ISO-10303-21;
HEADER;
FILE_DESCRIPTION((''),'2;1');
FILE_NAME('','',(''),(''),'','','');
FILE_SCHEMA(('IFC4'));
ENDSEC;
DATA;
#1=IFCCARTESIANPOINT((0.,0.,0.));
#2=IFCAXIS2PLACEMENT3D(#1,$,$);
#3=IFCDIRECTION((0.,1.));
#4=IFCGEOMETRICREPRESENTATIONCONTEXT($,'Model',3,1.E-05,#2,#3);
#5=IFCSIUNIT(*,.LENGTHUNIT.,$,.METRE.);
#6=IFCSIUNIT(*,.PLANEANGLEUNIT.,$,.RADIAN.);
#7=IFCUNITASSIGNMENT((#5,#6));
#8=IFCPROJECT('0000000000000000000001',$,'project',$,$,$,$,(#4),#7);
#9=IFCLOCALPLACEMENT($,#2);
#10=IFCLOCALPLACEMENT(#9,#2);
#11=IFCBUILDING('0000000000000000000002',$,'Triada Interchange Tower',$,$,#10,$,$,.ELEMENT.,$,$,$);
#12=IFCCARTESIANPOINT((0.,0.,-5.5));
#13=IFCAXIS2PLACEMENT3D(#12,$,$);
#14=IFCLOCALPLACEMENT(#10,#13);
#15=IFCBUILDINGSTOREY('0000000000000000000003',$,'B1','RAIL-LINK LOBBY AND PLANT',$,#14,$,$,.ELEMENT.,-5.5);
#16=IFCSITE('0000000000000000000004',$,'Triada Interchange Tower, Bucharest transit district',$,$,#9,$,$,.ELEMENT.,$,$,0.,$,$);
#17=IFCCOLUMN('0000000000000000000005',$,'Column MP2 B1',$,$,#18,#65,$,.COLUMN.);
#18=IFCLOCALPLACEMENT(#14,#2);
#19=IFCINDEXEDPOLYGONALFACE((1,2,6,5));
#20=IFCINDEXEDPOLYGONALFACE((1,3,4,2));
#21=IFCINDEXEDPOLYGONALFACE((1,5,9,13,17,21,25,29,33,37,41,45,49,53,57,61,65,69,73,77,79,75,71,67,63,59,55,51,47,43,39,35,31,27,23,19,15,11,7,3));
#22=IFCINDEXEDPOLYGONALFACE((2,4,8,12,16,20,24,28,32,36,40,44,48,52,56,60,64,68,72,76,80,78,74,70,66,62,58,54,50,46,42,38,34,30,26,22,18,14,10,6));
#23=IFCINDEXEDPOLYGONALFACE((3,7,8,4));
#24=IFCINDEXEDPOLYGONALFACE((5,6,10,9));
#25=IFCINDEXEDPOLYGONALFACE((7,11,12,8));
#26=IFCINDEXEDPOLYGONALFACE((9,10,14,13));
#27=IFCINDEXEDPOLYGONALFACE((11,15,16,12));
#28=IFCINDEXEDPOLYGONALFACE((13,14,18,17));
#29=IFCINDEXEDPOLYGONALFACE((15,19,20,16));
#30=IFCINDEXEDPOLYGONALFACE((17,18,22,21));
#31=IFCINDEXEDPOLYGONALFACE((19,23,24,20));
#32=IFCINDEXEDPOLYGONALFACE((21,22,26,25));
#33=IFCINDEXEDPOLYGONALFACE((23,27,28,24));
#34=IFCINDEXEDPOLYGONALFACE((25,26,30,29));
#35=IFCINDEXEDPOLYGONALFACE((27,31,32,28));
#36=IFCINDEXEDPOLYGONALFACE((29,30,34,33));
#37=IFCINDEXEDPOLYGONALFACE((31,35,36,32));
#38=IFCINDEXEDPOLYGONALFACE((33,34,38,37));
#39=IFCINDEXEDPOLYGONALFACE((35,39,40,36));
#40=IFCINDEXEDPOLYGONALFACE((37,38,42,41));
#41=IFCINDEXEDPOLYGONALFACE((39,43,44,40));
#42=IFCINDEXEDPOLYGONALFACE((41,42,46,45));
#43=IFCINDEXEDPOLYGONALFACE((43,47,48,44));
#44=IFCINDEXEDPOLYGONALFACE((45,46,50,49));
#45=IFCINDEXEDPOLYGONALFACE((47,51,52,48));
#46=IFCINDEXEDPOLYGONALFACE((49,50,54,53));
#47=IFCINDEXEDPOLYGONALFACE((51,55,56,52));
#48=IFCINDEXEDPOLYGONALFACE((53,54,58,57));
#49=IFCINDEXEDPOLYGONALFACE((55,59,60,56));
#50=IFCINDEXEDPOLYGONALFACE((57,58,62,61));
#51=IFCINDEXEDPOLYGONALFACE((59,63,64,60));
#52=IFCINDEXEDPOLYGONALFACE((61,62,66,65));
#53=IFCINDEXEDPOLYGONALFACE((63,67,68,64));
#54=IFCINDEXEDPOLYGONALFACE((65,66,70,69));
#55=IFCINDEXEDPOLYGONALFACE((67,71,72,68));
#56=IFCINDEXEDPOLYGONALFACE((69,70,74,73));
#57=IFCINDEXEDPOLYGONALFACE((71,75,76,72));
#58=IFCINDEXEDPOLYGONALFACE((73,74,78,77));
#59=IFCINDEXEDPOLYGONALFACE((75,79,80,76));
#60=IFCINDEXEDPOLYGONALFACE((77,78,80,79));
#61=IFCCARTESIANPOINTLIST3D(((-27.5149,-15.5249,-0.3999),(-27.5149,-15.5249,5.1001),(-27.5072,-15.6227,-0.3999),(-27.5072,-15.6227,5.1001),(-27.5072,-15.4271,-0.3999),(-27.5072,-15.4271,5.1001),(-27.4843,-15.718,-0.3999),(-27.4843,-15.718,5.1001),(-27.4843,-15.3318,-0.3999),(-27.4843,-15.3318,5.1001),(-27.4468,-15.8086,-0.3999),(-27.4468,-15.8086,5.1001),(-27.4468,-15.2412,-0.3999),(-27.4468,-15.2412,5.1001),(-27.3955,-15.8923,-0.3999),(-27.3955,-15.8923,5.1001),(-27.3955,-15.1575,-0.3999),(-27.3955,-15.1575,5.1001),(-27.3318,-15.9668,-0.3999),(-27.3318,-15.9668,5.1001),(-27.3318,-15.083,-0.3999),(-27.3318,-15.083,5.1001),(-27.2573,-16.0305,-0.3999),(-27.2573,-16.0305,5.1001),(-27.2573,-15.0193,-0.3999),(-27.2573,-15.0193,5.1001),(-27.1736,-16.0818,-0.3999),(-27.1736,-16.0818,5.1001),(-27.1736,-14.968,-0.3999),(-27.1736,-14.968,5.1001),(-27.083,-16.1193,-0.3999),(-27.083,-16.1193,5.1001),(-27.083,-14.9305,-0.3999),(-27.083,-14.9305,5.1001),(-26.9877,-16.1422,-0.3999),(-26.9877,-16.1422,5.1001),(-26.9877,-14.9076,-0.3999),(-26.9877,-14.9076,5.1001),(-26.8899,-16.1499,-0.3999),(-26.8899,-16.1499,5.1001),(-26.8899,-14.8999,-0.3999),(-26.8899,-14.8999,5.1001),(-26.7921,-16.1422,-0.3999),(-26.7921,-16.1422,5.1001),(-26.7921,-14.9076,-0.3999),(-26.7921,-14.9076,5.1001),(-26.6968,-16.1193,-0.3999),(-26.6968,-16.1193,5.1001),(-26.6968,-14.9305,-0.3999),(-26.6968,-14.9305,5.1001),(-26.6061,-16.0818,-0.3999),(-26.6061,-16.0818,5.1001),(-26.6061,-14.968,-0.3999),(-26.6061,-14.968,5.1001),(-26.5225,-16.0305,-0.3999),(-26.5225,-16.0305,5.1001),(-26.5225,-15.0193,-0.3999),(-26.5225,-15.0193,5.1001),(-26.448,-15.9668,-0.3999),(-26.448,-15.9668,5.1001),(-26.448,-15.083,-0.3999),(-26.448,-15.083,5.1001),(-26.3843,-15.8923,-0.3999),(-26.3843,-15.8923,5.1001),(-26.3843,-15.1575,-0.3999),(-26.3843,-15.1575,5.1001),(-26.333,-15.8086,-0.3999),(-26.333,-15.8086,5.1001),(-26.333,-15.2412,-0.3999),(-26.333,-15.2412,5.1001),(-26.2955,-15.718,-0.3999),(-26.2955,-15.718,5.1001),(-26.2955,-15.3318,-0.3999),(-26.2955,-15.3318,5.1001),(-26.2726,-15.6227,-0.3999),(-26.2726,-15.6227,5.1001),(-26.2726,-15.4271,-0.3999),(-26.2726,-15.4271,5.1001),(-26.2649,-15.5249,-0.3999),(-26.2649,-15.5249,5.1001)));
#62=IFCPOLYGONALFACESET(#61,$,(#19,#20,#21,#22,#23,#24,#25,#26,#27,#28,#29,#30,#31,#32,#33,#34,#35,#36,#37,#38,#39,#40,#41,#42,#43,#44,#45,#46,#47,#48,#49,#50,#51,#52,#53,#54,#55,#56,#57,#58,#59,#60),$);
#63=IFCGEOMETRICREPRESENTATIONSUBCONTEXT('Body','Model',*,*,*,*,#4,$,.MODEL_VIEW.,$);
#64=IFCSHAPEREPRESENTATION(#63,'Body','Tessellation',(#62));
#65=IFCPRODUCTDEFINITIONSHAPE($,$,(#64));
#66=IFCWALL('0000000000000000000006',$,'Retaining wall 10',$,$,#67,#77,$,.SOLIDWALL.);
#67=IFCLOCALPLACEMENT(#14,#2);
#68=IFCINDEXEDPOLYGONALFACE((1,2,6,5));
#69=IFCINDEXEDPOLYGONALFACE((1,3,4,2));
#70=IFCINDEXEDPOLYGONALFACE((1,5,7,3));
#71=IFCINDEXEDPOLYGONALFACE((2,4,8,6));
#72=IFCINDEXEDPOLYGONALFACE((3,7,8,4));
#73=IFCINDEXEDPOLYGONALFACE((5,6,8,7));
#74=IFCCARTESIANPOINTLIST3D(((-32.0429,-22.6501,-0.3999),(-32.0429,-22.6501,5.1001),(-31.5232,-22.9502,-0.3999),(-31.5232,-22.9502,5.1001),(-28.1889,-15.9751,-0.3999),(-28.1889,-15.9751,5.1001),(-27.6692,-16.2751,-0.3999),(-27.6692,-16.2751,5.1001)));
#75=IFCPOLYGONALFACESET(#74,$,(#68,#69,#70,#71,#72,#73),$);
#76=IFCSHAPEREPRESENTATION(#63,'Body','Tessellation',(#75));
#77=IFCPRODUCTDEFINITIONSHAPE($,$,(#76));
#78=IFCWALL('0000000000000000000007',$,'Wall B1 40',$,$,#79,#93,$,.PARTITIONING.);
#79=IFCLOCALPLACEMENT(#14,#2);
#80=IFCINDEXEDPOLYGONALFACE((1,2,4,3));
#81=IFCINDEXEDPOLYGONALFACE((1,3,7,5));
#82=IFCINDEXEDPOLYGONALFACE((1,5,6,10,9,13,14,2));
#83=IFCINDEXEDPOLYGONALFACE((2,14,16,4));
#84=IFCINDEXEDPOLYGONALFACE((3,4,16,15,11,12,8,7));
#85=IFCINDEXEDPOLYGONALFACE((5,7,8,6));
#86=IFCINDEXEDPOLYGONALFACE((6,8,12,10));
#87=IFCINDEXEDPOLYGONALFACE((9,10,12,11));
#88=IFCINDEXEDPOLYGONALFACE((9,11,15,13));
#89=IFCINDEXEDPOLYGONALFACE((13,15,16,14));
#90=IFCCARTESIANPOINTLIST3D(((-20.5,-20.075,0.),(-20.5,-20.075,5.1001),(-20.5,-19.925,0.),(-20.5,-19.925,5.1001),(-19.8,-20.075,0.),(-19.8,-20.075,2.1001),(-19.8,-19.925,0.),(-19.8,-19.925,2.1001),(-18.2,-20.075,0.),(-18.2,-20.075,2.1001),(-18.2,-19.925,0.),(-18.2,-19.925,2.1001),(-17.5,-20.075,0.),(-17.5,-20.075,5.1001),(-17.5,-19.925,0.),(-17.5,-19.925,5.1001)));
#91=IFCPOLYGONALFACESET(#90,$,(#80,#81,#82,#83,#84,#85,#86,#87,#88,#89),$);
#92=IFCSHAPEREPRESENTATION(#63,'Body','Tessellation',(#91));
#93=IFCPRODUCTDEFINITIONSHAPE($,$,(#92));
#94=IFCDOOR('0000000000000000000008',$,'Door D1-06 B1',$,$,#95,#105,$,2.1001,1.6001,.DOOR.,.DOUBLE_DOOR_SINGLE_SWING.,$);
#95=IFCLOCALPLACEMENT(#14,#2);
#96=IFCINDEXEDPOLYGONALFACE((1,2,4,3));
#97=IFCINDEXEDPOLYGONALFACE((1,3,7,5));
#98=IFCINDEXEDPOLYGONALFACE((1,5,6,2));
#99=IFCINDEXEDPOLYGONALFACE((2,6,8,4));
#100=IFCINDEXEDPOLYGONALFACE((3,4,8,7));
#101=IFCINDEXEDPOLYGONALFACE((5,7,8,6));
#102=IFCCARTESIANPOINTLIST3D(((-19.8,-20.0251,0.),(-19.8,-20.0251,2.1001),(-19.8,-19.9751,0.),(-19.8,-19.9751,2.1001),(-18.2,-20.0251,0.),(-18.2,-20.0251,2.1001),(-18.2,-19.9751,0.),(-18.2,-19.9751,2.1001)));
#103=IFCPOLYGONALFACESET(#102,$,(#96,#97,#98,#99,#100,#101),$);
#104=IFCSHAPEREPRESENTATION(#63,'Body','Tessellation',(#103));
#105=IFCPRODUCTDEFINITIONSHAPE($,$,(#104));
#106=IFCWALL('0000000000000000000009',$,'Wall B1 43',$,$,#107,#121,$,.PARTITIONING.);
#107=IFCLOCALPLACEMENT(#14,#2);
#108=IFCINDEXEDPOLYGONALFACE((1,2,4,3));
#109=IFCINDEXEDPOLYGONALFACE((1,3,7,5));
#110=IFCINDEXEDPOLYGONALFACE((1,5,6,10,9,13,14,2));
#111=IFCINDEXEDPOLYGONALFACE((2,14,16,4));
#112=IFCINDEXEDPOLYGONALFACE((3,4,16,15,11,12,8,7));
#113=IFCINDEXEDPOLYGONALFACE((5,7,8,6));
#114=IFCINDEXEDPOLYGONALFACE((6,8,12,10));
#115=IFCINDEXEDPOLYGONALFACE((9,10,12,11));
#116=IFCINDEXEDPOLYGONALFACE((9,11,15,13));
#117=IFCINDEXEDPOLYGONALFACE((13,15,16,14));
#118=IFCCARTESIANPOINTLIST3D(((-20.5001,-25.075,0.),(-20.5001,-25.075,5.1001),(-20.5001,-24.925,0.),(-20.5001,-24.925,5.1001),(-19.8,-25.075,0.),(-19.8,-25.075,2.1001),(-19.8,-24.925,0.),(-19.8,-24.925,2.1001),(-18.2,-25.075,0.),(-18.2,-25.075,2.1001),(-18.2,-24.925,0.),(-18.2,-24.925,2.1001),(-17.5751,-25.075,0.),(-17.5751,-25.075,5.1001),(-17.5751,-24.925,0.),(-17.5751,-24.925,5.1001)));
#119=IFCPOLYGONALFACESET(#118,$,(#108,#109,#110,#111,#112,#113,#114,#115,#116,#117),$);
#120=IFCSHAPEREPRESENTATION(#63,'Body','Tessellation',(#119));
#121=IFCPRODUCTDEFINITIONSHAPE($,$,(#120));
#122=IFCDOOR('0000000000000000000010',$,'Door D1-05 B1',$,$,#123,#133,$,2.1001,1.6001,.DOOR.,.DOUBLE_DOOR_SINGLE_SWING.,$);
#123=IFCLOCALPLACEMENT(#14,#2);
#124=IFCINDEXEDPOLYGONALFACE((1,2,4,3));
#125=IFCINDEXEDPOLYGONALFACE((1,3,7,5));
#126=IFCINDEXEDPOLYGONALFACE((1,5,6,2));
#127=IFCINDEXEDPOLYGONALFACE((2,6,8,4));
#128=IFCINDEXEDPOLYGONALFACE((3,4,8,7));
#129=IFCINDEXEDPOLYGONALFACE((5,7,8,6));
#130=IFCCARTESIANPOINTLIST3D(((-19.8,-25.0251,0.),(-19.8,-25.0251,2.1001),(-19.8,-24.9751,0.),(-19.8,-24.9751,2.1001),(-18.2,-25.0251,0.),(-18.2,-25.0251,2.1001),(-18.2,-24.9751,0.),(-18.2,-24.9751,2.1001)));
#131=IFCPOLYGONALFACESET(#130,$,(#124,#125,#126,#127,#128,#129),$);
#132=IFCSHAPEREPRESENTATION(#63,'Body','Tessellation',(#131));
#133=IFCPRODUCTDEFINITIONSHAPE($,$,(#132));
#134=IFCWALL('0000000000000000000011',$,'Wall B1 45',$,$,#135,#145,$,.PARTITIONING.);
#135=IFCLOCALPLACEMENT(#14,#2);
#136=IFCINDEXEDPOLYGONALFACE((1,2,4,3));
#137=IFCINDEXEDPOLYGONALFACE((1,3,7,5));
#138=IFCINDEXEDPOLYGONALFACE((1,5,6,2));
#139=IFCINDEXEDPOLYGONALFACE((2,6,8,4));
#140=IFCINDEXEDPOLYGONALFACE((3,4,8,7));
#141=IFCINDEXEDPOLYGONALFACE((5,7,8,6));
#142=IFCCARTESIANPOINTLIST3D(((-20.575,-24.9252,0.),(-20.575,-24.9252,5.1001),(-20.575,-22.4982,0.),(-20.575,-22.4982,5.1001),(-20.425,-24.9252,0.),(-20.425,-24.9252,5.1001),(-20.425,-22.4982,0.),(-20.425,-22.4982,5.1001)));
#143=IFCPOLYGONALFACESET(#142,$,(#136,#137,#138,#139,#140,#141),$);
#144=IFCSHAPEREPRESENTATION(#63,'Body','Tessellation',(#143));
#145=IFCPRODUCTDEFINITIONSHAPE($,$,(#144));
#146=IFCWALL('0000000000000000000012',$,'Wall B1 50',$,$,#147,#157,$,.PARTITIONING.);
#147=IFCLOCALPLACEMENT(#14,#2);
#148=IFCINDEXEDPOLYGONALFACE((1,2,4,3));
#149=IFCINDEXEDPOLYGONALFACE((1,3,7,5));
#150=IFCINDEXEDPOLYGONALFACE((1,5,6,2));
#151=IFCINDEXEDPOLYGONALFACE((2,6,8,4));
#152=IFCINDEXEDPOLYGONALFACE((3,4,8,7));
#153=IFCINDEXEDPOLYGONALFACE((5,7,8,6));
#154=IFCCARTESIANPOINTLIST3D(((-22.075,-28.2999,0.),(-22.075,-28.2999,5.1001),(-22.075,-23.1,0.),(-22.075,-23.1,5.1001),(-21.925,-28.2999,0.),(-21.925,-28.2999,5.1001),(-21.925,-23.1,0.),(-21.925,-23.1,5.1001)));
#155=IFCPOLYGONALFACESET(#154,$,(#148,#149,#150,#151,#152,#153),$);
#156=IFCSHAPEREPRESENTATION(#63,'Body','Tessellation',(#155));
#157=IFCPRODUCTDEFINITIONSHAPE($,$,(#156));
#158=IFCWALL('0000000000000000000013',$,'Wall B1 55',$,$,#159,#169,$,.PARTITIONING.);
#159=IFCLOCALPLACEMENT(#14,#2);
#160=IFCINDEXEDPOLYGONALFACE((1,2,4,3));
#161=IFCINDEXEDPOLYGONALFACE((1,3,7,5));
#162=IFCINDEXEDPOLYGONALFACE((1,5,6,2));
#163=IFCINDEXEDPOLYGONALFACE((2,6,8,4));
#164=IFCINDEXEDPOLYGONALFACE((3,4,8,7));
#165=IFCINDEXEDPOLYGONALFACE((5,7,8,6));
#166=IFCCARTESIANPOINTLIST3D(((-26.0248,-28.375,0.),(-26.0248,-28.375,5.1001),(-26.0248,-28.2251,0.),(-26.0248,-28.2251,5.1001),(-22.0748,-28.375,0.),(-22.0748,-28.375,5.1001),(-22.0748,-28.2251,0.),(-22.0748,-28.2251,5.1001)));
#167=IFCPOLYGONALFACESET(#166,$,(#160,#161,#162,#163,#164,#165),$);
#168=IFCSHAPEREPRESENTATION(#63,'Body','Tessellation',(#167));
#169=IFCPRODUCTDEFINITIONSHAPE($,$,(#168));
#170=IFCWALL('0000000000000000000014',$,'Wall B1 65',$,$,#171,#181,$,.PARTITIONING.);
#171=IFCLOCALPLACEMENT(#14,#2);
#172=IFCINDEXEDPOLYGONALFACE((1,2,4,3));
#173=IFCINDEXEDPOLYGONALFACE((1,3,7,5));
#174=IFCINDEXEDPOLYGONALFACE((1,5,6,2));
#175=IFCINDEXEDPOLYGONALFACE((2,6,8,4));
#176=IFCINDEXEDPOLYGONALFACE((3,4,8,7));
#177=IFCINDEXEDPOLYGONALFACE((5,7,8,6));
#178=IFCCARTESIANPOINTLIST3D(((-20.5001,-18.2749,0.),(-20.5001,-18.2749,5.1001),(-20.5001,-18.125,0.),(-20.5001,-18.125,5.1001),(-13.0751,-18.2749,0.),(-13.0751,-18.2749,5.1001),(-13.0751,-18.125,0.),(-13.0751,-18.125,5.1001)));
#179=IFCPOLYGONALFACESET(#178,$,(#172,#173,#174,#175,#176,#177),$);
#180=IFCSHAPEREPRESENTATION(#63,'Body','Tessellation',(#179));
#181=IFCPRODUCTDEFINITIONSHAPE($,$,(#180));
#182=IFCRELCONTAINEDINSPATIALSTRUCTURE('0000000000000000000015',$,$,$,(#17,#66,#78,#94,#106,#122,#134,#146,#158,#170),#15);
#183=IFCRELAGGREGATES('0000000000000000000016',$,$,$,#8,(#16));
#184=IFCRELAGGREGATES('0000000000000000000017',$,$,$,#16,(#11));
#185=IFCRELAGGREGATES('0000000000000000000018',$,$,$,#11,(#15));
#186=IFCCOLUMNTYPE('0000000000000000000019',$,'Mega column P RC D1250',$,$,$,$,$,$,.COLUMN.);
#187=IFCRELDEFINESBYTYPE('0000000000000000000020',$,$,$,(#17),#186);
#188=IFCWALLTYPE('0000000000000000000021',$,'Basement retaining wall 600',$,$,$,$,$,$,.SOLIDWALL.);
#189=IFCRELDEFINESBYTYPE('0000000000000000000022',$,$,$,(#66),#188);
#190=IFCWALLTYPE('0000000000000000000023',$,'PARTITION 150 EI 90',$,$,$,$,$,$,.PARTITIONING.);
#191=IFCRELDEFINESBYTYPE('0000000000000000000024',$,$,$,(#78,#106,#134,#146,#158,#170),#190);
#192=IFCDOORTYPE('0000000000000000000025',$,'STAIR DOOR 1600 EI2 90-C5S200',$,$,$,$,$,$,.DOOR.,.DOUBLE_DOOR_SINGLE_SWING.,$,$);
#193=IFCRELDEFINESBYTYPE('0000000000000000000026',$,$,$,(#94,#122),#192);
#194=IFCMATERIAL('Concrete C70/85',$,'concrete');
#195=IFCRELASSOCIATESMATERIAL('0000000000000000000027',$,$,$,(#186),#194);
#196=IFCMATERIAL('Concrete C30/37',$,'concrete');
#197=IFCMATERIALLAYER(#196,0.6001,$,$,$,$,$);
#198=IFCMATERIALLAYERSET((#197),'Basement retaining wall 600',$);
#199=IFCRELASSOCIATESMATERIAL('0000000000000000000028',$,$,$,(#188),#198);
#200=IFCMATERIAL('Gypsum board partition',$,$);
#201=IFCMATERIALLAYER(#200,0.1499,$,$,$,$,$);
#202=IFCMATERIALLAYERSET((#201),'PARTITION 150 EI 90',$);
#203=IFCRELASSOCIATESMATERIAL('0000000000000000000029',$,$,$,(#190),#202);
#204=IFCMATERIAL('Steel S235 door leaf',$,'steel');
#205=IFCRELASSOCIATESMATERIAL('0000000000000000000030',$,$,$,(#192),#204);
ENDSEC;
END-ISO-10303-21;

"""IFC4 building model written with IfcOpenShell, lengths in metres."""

from ifc_helpers import new_model, si_unit, direction, frame, frame_2d, origin, origin_2d, place, context, subcontext, project, spatial, rectangle, circle, extrude, material, layer, layer_set, material_profile, profile_set, type_object, element, fill, save


model = new_model("IFC4")

# Units and contexts
model_context = context("Model", 3, precision=1e-05, world=origin(), true_north=direction((0.0, 1.0)))
body_context = subcontext(model_context, "Body", "Model", "MODEL_VIEW")
ifc_project = project(units=[si_unit("LENGTHUNIT", "METRE"), si_unit("PLANEANGLEUNIT", "RADIAN")], contexts=[model_context])

# Site, building, storey
site_placement = place(None, origin())
site = spatial("IfcSite", under=ifc_project, at=site_placement, Name="Triada Interchange Tower, Bucharest transit district", CompositionType="ELEMENT", RefElevation=0.0)
building_placement = place(site_placement, origin())
building = spatial("IfcBuilding", under=site, at=building_placement, Name="Triada Interchange Tower", CompositionType="ELEMENT")
storey_placement = place(building_placement, frame((0.0, 0.0, -5.5)))
storey = spatial("IfcBuildingStorey", under=building, at=storey_placement, Name="B1", Description="RAIL-LINK LOBBY AND PLANT", CompositionType="ELEMENT", Elevation=-5.5)

# Shared definitions
ifc_material_1 = material(Name="Concrete C30/37", Category="concrete")

# Column
ifc_material_2 = material(Name="Concrete C70/85", Category="concrete")
ifc_material_profile_1 = material_profile(ifc_material_2, circle(Radius=0.625, at=origin_2d()), Name="RC D1250")
ifc_profile_set_1 = profile_set([ifc_material_profile_1], Name="Concrete C70/85")
column_type_1 = type_object("IfcColumnType", Name="Mega column P RC D1250", PredefinedType="COLUMN", material=ifc_profile_set_1)
column_1_placement = place(storey_placement, frame((-26.8899, -15.5249, -0.3999), z_axis=(0.0, 0.0, 1.0), x_axis=(1.0, 0.0, 0.0)))
element("IfcColumn", 1, at=column_1_placement, inside=storey, type_object=column_type_1, Name="Column MP2 B1", PredefinedType="COLUMN", context=body_context, shape_type="SweptSolid", body=[
    extrude(circle(Radius=0.625, at=origin_2d()), origin(), (0.0, 0.0, 1.0), 5.5),
])

# Wall
ifc_layer_1 = layer(ifc_material_1, 0.6001)
ifc_layer_set_1 = layer_set([ifc_layer_1], Name="Basement retaining wall 600")
wall_type_1 = type_object("IfcWallType", Name="Basement retaining wall 600", PredefinedType="SOLIDWALL", material=ifc_layer_set_1)
wall_1_placement = place(storey_placement, frame((-27.929, -16.125, -0.3999), z_axis=(0.0, 0.0, 1.0), x_axis=(-0.500016, -0.866016, 0.0)))
element("IfcWall", 2, at=wall_1_placement, inside=storey, type_object=wall_type_1, Name="Retaining wall 10", PredefinedType="SOLIDWALL", context=body_context, shape_type="SweptSolid", body=[
    extrude(rectangle(XDim=7.7078, YDim=0.6001, at=frame_2d((3.854, 0.0))), origin(), (0.0, 0.0, 1.0), 5.5),
])

# Walls, openings, doors
ifc_material_3 = material(Name="Gypsum board partition")
ifc_layer_2 = layer(ifc_material_3, 0.1499)
ifc_layer_set_2 = layer_set([ifc_layer_2], Name="PARTITION 150 EI 90")
wall_type_2 = type_object("IfcWallType", Name="PARTITION 150 EI 90", PredefinedType="PARTITIONING", material=ifc_layer_set_2)
wall_2_placement = place(storey_placement, frame((-20.5, -20.0, 0.0), z_axis=(0.0, 0.0, 1.0), x_axis=(1.0, 0.0, 0.0)))
wall_2 = element("IfcWall", 3, at=wall_2_placement, inside=storey, type_object=wall_type_2, Name="Wall B1 40", PredefinedType="PARTITIONING", context=body_context, shape_type="SweptSolid", body=[
    extrude(rectangle(XDim=3.0, YDim=0.1499, at=frame_2d((1.5, 0.0))), origin(), (0.0, 0.0, 1.0), 5.1001),
])
opening_1_placement = place(wall_2_placement, frame((0.7, 0.0, 0.0)))
opening_1 = element("IfcOpeningElement", 4, at=opening_1_placement, cuts=wall_2, PredefinedType="OPENING", context=body_context, shape_type="SweptSolid", body=[
    extrude(rectangle(XDim=1.6001, YDim=2.1001, at=frame_2d((0.8, 1.05))), frame((0.0, 0.085, 0.0), z_axis=(0.0, -1.0, 0.0), x_axis=(1.0, 0.0, 0.0)), (0.0, 0.0, 1.0), 0.1699),
])
ifc_material_4 = material(Name="Steel S235 door leaf", Category="steel")
door_type = type_object("IfcDoorType", Name="STAIR DOOR 1600 EI2 90-C5S200", OperationType="DOUBLE_DOOR_SINGLE_SWING", PredefinedType="DOOR", material=ifc_material_4)
door_1_placement = place(opening_1_placement, origin())
door_1 = element("IfcDoor", 5, at=door_1_placement, inside=storey, type_object=door_type, Name="Door D1-06 B1", OperationType="DOUBLE_DOOR_SINGLE_SWING", OverallHeight=2.1001, OverallWidth=1.6001, PredefinedType="DOOR", context=body_context, shape_type="SweptSolid", body=[
    extrude(rectangle(XDim=1.6001, YDim=2.1001, at=frame_2d((0.8, 1.05))), frame((0.0, 0.0249, 0.0), z_axis=(0.0, -1.0, 0.0), x_axis=(1.0, 0.0, 0.0)), (0.0, 0.0, 1.0), 0.05),
])
fill(opening_1, door_1)
wall_3_placement = place(storey_placement, frame((-20.5, -25.0, 0.0), z_axis=(0.0, 0.0, 1.0), x_axis=(1.0, 0.0, 0.0)))
wall_3 = element("IfcWall", 6, at=wall_3_placement, inside=storey, type_object=wall_type_2, Name="Wall B1 43", PredefinedType="PARTITIONING", context=body_context, shape_type="SweptSolid", body=[
    extrude(rectangle(XDim=2.925, YDim=0.1499, at=frame_2d((1.4624, 0.0))), origin(), (0.0, 0.0, 1.0), 5.1001),
])
opening_2_placement = place(wall_3_placement, frame((0.7, 0.0, 0.0)))
opening_2 = element("IfcOpeningElement", 7, at=opening_2_placement, cuts=wall_3, PredefinedType="OPENING", context=body_context, shape_type="SweptSolid", body=[
    extrude(rectangle(XDim=1.6001, YDim=2.1001, at=frame_2d((0.8, 1.05))), frame((0.0, 0.085, 0.0), z_axis=(0.0, -1.0, 0.0), x_axis=(1.0, 0.0, 0.0)), (0.0, 0.0, 1.0), 0.1699),
])
door_2_placement = place(opening_2_placement, origin())
door_2 = element("IfcDoor", 8, at=door_2_placement, inside=storey, type_object=door_type, Name="Door D1-05 B1", OperationType="DOUBLE_DOOR_SINGLE_SWING", OverallHeight=2.1001, OverallWidth=1.6001, PredefinedType="DOOR", context=body_context, shape_type="SweptSolid", body=[
    extrude(rectangle(XDim=1.6001, YDim=2.1001, at=frame_2d((0.8, 1.05))), frame((0.0, 0.0249, 0.0), z_axis=(0.0, -1.0, 0.0), x_axis=(1.0, 0.0, 0.0)), (0.0, 0.0, 1.0), 0.05),
])
fill(opening_2, door_2)

# Walls
wall_4_placement = place(storey_placement, frame((-20.5, -24.925, 0.0), z_axis=(0.0, 0.0, 1.0), x_axis=(0.0, 1.0, 0.0)))
element("IfcWall", 9, at=wall_4_placement, inside=storey, type_object=wall_type_2, Name="Wall B1 45", PredefinedType="PARTITIONING", context=body_context, shape_type="SweptSolid", body=[
    extrude(rectangle(XDim=2.427, YDim=0.1499, at=frame_2d((1.2134, 0.0))), origin(), (0.0, 0.0, 1.0), 5.1001),
])
wall_5_placement = place(storey_placement, frame((-22.0, -28.3, 0.0), z_axis=(0.0, 0.0, 1.0), x_axis=(0.0, 1.0, 0.0)))
element("IfcWall", 10, at=wall_5_placement, inside=storey, type_object=wall_type_2, Name="Wall B1 50", PredefinedType="PARTITIONING", context=body_context, shape_type="SweptSolid", body=[
    extrude(rectangle(XDim=5.2, YDim=0.1499, at=frame_2d((2.6001, 0.0))), origin(), (0.0, 0.0, 1.0), 5.1001),
])
wall_6_placement = place(storey_placement, frame((-26.0249, -28.3, 0.0), z_axis=(0.0, 0.0, 1.0), x_axis=(1.0, 0.0, 0.0)))
element("IfcWall", 11, at=wall_6_placement, inside=storey, type_object=wall_type_2, Name="Wall B1 55", PredefinedType="PARTITIONING", context=body_context, shape_type="SweptSolid", body=[
    extrude(rectangle(XDim=3.95, YDim=0.1499, at=frame_2d((1.9751, 0.0))), origin(), (0.0, 0.0, 1.0), 5.1001),
])
wall_7_placement = place(storey_placement, frame((-20.5, -18.2, 0.0), z_axis=(0.0, 0.0, 1.0), x_axis=(1.0, 0.0, 0.0)))
element("IfcWall", 12, at=wall_7_placement, inside=storey, type_object=wall_type_2, Name="Wall B1 65", PredefinedType="PARTITIONING", context=body_context, shape_type="SweptSolid", body=[
    extrude(rectangle(XDim=7.425, YDim=0.1499, at=frame_2d((3.7124, 0.0))), origin(), (0.0, 0.0, 1.0), 5.1001),
])

save(model, "model.ifc")
